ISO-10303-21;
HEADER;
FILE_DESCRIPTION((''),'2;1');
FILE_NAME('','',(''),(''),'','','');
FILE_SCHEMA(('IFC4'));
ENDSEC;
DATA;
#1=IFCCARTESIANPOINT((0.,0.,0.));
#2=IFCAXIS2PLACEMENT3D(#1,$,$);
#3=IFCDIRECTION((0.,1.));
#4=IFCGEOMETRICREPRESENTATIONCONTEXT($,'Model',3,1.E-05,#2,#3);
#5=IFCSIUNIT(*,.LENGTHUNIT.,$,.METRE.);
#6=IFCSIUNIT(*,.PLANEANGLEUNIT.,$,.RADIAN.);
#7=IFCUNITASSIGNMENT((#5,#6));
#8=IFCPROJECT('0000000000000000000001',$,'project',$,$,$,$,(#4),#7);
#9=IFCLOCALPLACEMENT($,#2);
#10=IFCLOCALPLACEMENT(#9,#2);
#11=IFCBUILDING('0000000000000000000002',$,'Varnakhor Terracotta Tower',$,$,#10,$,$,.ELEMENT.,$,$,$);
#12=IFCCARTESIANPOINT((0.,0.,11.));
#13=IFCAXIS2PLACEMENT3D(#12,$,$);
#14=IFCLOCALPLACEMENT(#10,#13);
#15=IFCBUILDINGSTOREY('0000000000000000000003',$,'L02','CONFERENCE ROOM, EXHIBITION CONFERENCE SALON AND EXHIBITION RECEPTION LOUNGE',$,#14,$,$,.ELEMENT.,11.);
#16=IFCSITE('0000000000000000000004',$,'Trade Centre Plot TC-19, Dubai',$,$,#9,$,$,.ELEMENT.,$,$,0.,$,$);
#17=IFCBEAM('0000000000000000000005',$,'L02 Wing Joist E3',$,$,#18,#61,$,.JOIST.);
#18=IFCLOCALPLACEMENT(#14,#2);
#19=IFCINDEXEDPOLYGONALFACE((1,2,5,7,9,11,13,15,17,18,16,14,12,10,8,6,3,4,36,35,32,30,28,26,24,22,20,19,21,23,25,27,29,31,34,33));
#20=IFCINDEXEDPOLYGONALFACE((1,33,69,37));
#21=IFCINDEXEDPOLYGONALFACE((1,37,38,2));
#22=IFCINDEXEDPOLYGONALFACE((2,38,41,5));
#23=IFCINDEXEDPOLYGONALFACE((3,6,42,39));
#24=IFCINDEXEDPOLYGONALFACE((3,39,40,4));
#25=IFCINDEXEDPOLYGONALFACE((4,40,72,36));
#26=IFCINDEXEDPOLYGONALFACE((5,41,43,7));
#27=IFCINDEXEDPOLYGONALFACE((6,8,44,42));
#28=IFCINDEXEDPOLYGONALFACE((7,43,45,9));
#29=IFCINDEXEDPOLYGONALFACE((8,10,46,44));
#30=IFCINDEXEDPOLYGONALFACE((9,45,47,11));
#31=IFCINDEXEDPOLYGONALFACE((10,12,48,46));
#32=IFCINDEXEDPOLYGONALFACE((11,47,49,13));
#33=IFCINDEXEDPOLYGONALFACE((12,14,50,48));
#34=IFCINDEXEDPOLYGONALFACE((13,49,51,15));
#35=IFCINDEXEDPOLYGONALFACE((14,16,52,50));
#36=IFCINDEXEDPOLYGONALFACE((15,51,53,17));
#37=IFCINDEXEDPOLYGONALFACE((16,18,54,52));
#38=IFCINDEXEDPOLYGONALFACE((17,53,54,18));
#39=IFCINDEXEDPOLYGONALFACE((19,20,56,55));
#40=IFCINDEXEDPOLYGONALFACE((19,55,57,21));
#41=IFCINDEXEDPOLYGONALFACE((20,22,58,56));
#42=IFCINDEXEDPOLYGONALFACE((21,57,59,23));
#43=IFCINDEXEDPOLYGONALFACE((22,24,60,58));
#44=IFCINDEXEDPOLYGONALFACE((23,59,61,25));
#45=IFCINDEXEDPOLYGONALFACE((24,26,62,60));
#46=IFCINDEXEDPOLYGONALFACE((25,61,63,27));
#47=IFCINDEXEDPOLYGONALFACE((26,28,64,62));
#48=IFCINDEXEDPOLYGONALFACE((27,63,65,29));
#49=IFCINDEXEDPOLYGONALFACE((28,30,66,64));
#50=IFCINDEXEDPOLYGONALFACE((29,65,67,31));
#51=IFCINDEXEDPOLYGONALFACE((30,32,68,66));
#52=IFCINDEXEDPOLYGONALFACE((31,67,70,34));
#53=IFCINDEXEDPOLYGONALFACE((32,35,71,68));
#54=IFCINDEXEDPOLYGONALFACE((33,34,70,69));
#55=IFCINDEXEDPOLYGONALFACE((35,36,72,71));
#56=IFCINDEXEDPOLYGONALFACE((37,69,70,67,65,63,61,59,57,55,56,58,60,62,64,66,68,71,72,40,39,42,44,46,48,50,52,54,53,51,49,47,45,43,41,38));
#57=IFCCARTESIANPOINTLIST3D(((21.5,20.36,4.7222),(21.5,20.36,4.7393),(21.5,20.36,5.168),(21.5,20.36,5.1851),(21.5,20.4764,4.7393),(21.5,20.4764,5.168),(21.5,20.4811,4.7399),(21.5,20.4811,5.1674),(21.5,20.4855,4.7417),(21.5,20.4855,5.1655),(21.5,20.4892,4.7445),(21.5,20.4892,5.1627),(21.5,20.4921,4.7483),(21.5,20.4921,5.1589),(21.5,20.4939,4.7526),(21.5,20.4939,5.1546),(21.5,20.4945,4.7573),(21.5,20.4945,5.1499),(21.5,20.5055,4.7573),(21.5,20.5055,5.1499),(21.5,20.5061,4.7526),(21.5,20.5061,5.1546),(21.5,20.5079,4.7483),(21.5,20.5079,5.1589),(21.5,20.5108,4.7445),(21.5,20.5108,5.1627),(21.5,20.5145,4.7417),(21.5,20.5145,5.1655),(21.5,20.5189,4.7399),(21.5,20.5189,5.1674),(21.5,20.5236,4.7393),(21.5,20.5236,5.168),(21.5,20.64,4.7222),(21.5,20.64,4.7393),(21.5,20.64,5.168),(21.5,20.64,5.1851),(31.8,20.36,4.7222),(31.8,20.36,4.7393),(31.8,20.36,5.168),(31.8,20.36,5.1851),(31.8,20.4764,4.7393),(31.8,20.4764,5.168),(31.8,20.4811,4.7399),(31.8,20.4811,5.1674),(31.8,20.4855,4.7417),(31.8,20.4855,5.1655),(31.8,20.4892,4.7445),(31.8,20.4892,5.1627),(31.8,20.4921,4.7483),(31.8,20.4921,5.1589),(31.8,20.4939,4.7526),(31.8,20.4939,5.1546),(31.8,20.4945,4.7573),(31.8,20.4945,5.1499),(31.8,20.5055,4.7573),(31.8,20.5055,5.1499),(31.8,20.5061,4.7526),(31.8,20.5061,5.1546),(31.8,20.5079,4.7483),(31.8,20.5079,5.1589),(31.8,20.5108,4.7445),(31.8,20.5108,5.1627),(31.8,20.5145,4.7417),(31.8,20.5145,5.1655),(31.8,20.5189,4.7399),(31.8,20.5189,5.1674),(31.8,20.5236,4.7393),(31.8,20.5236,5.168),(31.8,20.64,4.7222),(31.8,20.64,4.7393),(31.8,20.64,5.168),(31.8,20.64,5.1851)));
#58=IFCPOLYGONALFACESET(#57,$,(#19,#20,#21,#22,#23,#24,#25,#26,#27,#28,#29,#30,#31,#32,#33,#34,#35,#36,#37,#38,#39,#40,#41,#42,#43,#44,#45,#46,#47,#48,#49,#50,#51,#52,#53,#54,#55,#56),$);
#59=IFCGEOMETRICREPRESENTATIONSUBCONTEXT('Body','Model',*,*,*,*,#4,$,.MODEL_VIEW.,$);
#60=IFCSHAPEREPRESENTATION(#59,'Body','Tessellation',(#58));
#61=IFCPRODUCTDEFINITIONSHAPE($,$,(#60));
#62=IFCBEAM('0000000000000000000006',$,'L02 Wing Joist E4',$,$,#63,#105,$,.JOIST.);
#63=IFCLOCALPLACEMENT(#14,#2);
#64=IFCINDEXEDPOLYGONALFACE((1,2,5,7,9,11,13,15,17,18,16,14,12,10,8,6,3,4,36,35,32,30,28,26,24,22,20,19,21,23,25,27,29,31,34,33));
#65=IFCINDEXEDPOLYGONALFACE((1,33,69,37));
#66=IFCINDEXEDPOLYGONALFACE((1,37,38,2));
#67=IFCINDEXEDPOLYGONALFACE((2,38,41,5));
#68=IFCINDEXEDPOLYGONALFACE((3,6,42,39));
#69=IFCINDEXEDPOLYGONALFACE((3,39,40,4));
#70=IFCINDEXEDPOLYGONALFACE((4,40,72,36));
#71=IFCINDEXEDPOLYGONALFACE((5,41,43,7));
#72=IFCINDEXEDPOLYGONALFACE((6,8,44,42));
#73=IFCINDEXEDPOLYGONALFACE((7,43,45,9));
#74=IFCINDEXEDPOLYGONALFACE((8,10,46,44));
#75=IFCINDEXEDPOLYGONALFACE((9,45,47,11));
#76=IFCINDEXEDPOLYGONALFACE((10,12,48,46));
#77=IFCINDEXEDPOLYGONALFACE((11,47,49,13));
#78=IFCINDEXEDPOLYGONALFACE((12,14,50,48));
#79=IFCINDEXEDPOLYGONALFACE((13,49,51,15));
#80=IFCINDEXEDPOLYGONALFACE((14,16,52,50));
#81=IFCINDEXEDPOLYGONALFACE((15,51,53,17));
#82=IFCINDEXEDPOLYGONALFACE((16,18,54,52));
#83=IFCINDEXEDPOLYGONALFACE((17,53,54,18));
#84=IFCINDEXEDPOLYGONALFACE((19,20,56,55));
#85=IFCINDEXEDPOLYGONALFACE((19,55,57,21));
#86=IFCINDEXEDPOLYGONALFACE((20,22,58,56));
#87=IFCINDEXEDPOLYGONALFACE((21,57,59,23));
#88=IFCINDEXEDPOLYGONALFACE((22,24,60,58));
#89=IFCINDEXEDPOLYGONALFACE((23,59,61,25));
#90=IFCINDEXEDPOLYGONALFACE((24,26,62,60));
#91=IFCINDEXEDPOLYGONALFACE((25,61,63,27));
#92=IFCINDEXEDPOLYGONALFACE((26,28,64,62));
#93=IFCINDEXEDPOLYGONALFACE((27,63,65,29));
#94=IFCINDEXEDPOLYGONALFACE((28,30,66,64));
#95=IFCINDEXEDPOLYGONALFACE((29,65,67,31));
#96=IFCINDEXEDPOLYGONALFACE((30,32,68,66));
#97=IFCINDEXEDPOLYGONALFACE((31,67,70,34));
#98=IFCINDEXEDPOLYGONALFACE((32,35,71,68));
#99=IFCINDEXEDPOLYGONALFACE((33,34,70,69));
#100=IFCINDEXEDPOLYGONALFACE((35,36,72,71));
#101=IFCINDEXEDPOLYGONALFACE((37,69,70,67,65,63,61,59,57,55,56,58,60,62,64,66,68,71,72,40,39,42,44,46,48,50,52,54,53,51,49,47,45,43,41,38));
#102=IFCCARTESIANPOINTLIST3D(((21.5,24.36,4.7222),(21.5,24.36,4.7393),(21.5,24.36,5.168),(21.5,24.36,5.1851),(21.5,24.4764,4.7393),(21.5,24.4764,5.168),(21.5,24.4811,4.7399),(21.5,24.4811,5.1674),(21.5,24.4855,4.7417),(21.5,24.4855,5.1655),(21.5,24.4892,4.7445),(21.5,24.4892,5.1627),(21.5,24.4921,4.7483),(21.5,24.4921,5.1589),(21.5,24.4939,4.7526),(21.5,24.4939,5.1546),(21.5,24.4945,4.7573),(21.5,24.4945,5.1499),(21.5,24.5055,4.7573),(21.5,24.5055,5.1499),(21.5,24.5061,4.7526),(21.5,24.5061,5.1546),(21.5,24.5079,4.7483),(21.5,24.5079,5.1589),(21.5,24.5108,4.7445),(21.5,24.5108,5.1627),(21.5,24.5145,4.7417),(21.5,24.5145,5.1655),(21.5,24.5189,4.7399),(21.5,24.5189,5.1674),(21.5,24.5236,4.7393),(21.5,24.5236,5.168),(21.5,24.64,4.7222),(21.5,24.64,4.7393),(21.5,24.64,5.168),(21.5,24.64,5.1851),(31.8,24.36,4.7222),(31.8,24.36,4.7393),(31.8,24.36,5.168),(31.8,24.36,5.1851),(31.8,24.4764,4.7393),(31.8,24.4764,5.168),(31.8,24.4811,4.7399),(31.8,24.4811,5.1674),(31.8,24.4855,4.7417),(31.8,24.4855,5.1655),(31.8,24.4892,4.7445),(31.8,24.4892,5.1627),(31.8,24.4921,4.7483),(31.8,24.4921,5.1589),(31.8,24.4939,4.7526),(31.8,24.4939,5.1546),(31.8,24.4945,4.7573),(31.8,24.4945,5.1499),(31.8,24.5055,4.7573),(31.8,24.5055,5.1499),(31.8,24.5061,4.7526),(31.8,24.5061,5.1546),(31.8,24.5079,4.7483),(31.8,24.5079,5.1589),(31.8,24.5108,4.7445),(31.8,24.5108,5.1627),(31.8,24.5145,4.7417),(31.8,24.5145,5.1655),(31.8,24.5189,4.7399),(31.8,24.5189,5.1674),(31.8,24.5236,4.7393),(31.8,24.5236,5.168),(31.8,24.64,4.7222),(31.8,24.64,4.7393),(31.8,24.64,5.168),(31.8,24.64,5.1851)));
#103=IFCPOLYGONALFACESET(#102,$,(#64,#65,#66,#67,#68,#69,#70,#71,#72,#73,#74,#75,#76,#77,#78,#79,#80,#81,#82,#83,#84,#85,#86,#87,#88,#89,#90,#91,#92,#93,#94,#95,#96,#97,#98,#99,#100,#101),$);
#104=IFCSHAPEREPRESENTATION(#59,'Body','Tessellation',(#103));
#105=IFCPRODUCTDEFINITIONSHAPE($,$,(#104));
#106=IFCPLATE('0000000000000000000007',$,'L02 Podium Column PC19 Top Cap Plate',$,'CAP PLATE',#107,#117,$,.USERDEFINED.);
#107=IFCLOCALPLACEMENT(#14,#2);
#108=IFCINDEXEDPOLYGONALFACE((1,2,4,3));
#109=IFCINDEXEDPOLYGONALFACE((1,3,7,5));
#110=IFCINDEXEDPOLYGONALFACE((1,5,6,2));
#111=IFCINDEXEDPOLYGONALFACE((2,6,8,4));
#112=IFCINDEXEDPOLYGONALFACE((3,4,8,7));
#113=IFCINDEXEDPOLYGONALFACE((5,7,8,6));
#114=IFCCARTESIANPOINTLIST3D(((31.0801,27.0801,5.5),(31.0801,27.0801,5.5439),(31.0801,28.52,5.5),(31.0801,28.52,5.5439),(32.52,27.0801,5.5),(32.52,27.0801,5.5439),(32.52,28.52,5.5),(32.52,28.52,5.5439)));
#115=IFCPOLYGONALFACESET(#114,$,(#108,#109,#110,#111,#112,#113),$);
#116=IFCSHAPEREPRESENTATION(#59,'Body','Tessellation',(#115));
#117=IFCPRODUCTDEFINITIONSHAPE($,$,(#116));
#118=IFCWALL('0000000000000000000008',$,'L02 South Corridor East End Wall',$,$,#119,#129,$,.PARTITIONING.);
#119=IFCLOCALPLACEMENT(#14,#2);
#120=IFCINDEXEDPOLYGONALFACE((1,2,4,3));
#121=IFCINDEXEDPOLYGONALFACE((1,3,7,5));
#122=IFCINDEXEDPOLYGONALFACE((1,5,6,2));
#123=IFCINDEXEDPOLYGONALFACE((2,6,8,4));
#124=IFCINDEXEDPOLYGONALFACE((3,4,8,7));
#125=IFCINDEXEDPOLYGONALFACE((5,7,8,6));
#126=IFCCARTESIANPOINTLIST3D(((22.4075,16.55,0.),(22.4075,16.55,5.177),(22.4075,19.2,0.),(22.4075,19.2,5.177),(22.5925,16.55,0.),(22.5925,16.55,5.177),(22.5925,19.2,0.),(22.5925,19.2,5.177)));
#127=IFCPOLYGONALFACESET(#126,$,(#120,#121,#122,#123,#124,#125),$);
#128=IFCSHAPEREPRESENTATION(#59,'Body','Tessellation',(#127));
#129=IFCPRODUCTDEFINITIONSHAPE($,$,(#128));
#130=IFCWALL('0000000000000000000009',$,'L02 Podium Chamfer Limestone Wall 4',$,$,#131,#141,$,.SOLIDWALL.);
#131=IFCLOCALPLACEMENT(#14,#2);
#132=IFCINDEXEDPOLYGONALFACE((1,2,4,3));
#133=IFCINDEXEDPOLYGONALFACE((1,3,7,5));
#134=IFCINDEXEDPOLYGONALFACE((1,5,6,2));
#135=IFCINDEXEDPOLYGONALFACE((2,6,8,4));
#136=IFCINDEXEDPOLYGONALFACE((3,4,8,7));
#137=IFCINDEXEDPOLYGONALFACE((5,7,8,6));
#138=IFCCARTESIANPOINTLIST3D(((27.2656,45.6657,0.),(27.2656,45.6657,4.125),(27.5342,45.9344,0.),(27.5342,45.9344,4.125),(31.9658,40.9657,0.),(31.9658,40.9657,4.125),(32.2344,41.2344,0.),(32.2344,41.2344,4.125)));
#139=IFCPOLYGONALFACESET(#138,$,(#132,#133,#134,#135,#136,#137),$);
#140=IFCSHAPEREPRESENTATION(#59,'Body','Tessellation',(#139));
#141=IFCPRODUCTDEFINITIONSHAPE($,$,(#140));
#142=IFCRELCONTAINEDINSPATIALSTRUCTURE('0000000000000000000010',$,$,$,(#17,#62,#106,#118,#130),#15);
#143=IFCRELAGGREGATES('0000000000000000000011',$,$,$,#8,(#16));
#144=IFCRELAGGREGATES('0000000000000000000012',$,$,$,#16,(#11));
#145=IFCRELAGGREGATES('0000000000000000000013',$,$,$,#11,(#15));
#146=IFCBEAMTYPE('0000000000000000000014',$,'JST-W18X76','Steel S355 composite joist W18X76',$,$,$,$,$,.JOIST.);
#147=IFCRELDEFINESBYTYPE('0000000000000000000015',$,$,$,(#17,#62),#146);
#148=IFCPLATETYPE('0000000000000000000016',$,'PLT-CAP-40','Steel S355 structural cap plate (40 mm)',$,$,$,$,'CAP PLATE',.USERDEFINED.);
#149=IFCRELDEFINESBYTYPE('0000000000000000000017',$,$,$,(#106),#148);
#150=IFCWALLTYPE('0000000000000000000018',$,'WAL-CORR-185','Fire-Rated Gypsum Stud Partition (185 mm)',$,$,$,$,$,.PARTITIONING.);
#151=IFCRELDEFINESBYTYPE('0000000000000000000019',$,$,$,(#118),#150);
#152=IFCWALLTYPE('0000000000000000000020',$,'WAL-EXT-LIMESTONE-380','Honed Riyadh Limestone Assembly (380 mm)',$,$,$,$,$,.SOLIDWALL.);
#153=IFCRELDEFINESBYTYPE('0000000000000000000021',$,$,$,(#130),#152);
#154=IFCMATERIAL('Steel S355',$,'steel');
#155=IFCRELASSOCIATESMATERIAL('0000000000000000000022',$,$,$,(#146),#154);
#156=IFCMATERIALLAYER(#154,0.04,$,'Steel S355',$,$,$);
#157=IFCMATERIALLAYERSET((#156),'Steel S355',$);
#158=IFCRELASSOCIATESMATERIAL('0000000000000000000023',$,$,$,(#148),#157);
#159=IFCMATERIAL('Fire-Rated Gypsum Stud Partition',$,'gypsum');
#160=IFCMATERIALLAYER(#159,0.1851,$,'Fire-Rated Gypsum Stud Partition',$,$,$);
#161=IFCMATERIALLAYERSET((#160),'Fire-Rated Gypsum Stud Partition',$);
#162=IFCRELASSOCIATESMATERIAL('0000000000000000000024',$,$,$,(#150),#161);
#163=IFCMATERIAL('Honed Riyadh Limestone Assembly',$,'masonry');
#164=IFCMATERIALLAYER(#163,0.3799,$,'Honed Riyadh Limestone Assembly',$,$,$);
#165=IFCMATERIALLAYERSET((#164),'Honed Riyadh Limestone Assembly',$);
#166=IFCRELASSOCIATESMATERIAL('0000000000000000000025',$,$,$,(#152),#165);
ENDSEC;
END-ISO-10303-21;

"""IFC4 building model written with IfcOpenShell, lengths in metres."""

from ifc_helpers import new_model, si_unit, direction, frame, frame_2d, origin, origin_2d, place, context, subcontext, project, spatial, rectangle, i_section, extrude, source, transform, mapped, material, layer, layer_set, material_profile, profile_set, type_object, type_shapes, element, save


model = new_model("IFC4")

# Units and contexts
model_context = context("Model", 3, precision=1e-05, world=origin(), true_north=direction((0.0, 1.0)))
body_context = subcontext(model_context, "Body", "Model", "MODEL_VIEW")
ifc_project = project(units=[si_unit("LENGTHUNIT", "METRE"), si_unit("PLANEANGLEUNIT", "RADIAN")], contexts=[model_context])

# Site, building, storey
site_placement = place(None, origin())
site = spatial("IfcSite", under=ifc_project, at=site_placement, Name="Trade Centre Plot TC-19, Dubai", CompositionType="ELEMENT", RefElevation=0.0)
building_placement = place(site_placement, origin())
building = spatial("IfcBuilding", under=site, at=building_placement, Name="Varnakhor Terracotta Tower", CompositionType="ELEMENT")
storey_placement = place(building_placement, frame((0.0, 0.0, 11.0)))
storey = spatial("IfcBuildingStorey", under=building, at=storey_placement, Name="L02", Description="CONFERENCE ROOM, EXHIBITION CONFERENCE SALON AND EXHIBITION RECEPTION LOUNGE", CompositionType="ELEMENT", Elevation=11.0)

# Beams
ifc_material_1 = material(Name="Steel S355", Category="steel")
ifc_material_profile_1 = material_profile(ifc_material_1, i_section(OverallWidth=0.28, OverallDepth=0.4629, WebThickness=0.011, FlangeThickness=0.0171, FilletRadius=0.0181, at=origin_2d()), Name="W18X76")
ifc_profile_set_1 = profile_set([ifc_material_profile_1], Name="Steel S355")
beam_type_1 = type_object("IfcBeamType", Name="JST-W18X76", Description="Steel S355 composite joist W18X76", PredefinedType="JOIST", material=ifc_profile_set_1)
shared_shape_1 = source(origin(), body_context, "Body", "SweptSolid", [
    extrude(i_section(OverallWidth=0.28, OverallDepth=0.4629, WebThickness=0.011, FlangeThickness=0.0171, FilletRadius=0.0181, at=origin_2d()), origin(), (0.0, 0.0, 1.0), 10.3),
])
for number, where, z_axis, x_axis, name in (
    (1, (21.5, 20.5, 4.9536), (1.0, 0.0, 0.0), (0.0, 1.0, 0.0), "L02 Wing Joist E3"),
    (2, (21.5, 24.5, 4.9536), (1.0, 0.0, 0.0), (0.0, 1.0, 0.0), "L02 Wing Joist E4"),
):
    element("IfcBeam", number, at=place(storey_placement, frame(where, z_axis=z_axis, x_axis=x_axis)), inside=storey, type_object=beam_type_1, Name=name, PredefinedType="JOIST", context=body_context, shape_type="MappedRepresentation", body=[
        mapped(shared_shape_1, transform((0.0, 0.0, 0.0), scale=1.0)),
    ])

# Plate
ifc_layer_1 = layer(ifc_material_1, 0.04, Name="Steel S355")
ifc_layer_set_1 = layer_set([ifc_layer_1], Name="Steel S355")
plate_type = type_object("IfcPlateType", Name="PLT-CAP-40", Description="Steel S355 structural cap plate (40 mm)", ElementType="CAP PLATE", PredefinedType="USERDEFINED", material=ifc_layer_set_1)
shared_shape_2 = source(origin(), body_context, "Body", "SweptSolid", [
    extrude(rectangle(XDim=1.4399, YDim=1.4399, at=origin_2d()), origin(), (0.0, 0.0, 1.0), 0.0439),
])
type_shapes(plate_type, [shared_shape_2])
plate_placement = place(storey_placement, frame((31.8, 27.8, 5.5), z_axis=(0.0, 0.0, 1.0), x_axis=(1.0, 0.0, 0.0)))
element("IfcPlate", 3, at=plate_placement, inside=storey, type_object=plate_type, Name="L02 Podium Column PC19 Top Cap Plate", ObjectType="CAP PLATE", PredefinedType="USERDEFINED", context=body_context, shape_type="MappedRepresentation", body=[
    mapped(shared_shape_2, transform((0.0, 0.0, 0.0), scale=1.0)),
])

# Walls
ifc_material_2 = material(Name="Fire-Rated Gypsum Stud Partition", Category="gypsum")
ifc_layer_2 = layer(ifc_material_2, 0.1851, Name="Fire-Rated Gypsum Stud Partition")
ifc_layer_set_2 = layer_set([ifc_layer_2], Name="Fire-Rated Gypsum Stud Partition")
wall_type_1 = type_object("IfcWallType", Name="WAL-CORR-185", Description="Fire-Rated Gypsum Stud Partition (185 mm)", PredefinedType="PARTITIONING", material=ifc_layer_set_2)
wall_1_placement = place(storey_placement, frame((22.5, 16.55, 0.0), z_axis=(0.0, 0.0, 1.0), x_axis=(0.0, 1.0, 0.0)))
element("IfcWall", 4, at=wall_1_placement, inside=storey, type_object=wall_type_1, Name="L02 South Corridor East End Wall", PredefinedType="PARTITIONING", context=body_context, shape_type="SweptSolid", body=[
    extrude(rectangle(XDim=2.6499, YDim=0.1851, at=frame_2d((1.325, 0.0))), origin(), (0.0, 0.0, 1.0), 5.177),
])
ifc_material_3 = material(Name="Honed Riyadh Limestone Assembly", Category="masonry")
ifc_layer_3 = layer(ifc_material_3, 0.3799, Name="Honed Riyadh Limestone Assembly")
ifc_layer_set_3 = layer_set([ifc_layer_3], Name="Honed Riyadh Limestone Assembly")
wall_type_2 = type_object("IfcWallType", Name="WAL-EXT-LIMESTONE-380", Description="Honed Riyadh Limestone Assembly (380 mm)", PredefinedType="SOLIDWALL", material=ifc_layer_set_3)
wall_2_placement = place(storey_placement, frame((27.3999, 45.8, 0.0), z_axis=(0.0, 0.0, 1.0), x_axis=(0.707125, -0.707088, 0.0)))
element("IfcWall", 5, at=wall_2_placement, inside=storey, type_object=wall_type_2, Name="L02 Podium Chamfer Limestone Wall 4", PredefinedType="SOLIDWALL", context=body_context, shape_type="SweptSolid", body=[
    extrude(rectangle(XDim=6.647, YDim=0.3799, at=frame_2d((3.3235, 0.0))), origin(), (0.0, 0.0, 1.0), 4.125),
])

save(model, "model.ifc")
